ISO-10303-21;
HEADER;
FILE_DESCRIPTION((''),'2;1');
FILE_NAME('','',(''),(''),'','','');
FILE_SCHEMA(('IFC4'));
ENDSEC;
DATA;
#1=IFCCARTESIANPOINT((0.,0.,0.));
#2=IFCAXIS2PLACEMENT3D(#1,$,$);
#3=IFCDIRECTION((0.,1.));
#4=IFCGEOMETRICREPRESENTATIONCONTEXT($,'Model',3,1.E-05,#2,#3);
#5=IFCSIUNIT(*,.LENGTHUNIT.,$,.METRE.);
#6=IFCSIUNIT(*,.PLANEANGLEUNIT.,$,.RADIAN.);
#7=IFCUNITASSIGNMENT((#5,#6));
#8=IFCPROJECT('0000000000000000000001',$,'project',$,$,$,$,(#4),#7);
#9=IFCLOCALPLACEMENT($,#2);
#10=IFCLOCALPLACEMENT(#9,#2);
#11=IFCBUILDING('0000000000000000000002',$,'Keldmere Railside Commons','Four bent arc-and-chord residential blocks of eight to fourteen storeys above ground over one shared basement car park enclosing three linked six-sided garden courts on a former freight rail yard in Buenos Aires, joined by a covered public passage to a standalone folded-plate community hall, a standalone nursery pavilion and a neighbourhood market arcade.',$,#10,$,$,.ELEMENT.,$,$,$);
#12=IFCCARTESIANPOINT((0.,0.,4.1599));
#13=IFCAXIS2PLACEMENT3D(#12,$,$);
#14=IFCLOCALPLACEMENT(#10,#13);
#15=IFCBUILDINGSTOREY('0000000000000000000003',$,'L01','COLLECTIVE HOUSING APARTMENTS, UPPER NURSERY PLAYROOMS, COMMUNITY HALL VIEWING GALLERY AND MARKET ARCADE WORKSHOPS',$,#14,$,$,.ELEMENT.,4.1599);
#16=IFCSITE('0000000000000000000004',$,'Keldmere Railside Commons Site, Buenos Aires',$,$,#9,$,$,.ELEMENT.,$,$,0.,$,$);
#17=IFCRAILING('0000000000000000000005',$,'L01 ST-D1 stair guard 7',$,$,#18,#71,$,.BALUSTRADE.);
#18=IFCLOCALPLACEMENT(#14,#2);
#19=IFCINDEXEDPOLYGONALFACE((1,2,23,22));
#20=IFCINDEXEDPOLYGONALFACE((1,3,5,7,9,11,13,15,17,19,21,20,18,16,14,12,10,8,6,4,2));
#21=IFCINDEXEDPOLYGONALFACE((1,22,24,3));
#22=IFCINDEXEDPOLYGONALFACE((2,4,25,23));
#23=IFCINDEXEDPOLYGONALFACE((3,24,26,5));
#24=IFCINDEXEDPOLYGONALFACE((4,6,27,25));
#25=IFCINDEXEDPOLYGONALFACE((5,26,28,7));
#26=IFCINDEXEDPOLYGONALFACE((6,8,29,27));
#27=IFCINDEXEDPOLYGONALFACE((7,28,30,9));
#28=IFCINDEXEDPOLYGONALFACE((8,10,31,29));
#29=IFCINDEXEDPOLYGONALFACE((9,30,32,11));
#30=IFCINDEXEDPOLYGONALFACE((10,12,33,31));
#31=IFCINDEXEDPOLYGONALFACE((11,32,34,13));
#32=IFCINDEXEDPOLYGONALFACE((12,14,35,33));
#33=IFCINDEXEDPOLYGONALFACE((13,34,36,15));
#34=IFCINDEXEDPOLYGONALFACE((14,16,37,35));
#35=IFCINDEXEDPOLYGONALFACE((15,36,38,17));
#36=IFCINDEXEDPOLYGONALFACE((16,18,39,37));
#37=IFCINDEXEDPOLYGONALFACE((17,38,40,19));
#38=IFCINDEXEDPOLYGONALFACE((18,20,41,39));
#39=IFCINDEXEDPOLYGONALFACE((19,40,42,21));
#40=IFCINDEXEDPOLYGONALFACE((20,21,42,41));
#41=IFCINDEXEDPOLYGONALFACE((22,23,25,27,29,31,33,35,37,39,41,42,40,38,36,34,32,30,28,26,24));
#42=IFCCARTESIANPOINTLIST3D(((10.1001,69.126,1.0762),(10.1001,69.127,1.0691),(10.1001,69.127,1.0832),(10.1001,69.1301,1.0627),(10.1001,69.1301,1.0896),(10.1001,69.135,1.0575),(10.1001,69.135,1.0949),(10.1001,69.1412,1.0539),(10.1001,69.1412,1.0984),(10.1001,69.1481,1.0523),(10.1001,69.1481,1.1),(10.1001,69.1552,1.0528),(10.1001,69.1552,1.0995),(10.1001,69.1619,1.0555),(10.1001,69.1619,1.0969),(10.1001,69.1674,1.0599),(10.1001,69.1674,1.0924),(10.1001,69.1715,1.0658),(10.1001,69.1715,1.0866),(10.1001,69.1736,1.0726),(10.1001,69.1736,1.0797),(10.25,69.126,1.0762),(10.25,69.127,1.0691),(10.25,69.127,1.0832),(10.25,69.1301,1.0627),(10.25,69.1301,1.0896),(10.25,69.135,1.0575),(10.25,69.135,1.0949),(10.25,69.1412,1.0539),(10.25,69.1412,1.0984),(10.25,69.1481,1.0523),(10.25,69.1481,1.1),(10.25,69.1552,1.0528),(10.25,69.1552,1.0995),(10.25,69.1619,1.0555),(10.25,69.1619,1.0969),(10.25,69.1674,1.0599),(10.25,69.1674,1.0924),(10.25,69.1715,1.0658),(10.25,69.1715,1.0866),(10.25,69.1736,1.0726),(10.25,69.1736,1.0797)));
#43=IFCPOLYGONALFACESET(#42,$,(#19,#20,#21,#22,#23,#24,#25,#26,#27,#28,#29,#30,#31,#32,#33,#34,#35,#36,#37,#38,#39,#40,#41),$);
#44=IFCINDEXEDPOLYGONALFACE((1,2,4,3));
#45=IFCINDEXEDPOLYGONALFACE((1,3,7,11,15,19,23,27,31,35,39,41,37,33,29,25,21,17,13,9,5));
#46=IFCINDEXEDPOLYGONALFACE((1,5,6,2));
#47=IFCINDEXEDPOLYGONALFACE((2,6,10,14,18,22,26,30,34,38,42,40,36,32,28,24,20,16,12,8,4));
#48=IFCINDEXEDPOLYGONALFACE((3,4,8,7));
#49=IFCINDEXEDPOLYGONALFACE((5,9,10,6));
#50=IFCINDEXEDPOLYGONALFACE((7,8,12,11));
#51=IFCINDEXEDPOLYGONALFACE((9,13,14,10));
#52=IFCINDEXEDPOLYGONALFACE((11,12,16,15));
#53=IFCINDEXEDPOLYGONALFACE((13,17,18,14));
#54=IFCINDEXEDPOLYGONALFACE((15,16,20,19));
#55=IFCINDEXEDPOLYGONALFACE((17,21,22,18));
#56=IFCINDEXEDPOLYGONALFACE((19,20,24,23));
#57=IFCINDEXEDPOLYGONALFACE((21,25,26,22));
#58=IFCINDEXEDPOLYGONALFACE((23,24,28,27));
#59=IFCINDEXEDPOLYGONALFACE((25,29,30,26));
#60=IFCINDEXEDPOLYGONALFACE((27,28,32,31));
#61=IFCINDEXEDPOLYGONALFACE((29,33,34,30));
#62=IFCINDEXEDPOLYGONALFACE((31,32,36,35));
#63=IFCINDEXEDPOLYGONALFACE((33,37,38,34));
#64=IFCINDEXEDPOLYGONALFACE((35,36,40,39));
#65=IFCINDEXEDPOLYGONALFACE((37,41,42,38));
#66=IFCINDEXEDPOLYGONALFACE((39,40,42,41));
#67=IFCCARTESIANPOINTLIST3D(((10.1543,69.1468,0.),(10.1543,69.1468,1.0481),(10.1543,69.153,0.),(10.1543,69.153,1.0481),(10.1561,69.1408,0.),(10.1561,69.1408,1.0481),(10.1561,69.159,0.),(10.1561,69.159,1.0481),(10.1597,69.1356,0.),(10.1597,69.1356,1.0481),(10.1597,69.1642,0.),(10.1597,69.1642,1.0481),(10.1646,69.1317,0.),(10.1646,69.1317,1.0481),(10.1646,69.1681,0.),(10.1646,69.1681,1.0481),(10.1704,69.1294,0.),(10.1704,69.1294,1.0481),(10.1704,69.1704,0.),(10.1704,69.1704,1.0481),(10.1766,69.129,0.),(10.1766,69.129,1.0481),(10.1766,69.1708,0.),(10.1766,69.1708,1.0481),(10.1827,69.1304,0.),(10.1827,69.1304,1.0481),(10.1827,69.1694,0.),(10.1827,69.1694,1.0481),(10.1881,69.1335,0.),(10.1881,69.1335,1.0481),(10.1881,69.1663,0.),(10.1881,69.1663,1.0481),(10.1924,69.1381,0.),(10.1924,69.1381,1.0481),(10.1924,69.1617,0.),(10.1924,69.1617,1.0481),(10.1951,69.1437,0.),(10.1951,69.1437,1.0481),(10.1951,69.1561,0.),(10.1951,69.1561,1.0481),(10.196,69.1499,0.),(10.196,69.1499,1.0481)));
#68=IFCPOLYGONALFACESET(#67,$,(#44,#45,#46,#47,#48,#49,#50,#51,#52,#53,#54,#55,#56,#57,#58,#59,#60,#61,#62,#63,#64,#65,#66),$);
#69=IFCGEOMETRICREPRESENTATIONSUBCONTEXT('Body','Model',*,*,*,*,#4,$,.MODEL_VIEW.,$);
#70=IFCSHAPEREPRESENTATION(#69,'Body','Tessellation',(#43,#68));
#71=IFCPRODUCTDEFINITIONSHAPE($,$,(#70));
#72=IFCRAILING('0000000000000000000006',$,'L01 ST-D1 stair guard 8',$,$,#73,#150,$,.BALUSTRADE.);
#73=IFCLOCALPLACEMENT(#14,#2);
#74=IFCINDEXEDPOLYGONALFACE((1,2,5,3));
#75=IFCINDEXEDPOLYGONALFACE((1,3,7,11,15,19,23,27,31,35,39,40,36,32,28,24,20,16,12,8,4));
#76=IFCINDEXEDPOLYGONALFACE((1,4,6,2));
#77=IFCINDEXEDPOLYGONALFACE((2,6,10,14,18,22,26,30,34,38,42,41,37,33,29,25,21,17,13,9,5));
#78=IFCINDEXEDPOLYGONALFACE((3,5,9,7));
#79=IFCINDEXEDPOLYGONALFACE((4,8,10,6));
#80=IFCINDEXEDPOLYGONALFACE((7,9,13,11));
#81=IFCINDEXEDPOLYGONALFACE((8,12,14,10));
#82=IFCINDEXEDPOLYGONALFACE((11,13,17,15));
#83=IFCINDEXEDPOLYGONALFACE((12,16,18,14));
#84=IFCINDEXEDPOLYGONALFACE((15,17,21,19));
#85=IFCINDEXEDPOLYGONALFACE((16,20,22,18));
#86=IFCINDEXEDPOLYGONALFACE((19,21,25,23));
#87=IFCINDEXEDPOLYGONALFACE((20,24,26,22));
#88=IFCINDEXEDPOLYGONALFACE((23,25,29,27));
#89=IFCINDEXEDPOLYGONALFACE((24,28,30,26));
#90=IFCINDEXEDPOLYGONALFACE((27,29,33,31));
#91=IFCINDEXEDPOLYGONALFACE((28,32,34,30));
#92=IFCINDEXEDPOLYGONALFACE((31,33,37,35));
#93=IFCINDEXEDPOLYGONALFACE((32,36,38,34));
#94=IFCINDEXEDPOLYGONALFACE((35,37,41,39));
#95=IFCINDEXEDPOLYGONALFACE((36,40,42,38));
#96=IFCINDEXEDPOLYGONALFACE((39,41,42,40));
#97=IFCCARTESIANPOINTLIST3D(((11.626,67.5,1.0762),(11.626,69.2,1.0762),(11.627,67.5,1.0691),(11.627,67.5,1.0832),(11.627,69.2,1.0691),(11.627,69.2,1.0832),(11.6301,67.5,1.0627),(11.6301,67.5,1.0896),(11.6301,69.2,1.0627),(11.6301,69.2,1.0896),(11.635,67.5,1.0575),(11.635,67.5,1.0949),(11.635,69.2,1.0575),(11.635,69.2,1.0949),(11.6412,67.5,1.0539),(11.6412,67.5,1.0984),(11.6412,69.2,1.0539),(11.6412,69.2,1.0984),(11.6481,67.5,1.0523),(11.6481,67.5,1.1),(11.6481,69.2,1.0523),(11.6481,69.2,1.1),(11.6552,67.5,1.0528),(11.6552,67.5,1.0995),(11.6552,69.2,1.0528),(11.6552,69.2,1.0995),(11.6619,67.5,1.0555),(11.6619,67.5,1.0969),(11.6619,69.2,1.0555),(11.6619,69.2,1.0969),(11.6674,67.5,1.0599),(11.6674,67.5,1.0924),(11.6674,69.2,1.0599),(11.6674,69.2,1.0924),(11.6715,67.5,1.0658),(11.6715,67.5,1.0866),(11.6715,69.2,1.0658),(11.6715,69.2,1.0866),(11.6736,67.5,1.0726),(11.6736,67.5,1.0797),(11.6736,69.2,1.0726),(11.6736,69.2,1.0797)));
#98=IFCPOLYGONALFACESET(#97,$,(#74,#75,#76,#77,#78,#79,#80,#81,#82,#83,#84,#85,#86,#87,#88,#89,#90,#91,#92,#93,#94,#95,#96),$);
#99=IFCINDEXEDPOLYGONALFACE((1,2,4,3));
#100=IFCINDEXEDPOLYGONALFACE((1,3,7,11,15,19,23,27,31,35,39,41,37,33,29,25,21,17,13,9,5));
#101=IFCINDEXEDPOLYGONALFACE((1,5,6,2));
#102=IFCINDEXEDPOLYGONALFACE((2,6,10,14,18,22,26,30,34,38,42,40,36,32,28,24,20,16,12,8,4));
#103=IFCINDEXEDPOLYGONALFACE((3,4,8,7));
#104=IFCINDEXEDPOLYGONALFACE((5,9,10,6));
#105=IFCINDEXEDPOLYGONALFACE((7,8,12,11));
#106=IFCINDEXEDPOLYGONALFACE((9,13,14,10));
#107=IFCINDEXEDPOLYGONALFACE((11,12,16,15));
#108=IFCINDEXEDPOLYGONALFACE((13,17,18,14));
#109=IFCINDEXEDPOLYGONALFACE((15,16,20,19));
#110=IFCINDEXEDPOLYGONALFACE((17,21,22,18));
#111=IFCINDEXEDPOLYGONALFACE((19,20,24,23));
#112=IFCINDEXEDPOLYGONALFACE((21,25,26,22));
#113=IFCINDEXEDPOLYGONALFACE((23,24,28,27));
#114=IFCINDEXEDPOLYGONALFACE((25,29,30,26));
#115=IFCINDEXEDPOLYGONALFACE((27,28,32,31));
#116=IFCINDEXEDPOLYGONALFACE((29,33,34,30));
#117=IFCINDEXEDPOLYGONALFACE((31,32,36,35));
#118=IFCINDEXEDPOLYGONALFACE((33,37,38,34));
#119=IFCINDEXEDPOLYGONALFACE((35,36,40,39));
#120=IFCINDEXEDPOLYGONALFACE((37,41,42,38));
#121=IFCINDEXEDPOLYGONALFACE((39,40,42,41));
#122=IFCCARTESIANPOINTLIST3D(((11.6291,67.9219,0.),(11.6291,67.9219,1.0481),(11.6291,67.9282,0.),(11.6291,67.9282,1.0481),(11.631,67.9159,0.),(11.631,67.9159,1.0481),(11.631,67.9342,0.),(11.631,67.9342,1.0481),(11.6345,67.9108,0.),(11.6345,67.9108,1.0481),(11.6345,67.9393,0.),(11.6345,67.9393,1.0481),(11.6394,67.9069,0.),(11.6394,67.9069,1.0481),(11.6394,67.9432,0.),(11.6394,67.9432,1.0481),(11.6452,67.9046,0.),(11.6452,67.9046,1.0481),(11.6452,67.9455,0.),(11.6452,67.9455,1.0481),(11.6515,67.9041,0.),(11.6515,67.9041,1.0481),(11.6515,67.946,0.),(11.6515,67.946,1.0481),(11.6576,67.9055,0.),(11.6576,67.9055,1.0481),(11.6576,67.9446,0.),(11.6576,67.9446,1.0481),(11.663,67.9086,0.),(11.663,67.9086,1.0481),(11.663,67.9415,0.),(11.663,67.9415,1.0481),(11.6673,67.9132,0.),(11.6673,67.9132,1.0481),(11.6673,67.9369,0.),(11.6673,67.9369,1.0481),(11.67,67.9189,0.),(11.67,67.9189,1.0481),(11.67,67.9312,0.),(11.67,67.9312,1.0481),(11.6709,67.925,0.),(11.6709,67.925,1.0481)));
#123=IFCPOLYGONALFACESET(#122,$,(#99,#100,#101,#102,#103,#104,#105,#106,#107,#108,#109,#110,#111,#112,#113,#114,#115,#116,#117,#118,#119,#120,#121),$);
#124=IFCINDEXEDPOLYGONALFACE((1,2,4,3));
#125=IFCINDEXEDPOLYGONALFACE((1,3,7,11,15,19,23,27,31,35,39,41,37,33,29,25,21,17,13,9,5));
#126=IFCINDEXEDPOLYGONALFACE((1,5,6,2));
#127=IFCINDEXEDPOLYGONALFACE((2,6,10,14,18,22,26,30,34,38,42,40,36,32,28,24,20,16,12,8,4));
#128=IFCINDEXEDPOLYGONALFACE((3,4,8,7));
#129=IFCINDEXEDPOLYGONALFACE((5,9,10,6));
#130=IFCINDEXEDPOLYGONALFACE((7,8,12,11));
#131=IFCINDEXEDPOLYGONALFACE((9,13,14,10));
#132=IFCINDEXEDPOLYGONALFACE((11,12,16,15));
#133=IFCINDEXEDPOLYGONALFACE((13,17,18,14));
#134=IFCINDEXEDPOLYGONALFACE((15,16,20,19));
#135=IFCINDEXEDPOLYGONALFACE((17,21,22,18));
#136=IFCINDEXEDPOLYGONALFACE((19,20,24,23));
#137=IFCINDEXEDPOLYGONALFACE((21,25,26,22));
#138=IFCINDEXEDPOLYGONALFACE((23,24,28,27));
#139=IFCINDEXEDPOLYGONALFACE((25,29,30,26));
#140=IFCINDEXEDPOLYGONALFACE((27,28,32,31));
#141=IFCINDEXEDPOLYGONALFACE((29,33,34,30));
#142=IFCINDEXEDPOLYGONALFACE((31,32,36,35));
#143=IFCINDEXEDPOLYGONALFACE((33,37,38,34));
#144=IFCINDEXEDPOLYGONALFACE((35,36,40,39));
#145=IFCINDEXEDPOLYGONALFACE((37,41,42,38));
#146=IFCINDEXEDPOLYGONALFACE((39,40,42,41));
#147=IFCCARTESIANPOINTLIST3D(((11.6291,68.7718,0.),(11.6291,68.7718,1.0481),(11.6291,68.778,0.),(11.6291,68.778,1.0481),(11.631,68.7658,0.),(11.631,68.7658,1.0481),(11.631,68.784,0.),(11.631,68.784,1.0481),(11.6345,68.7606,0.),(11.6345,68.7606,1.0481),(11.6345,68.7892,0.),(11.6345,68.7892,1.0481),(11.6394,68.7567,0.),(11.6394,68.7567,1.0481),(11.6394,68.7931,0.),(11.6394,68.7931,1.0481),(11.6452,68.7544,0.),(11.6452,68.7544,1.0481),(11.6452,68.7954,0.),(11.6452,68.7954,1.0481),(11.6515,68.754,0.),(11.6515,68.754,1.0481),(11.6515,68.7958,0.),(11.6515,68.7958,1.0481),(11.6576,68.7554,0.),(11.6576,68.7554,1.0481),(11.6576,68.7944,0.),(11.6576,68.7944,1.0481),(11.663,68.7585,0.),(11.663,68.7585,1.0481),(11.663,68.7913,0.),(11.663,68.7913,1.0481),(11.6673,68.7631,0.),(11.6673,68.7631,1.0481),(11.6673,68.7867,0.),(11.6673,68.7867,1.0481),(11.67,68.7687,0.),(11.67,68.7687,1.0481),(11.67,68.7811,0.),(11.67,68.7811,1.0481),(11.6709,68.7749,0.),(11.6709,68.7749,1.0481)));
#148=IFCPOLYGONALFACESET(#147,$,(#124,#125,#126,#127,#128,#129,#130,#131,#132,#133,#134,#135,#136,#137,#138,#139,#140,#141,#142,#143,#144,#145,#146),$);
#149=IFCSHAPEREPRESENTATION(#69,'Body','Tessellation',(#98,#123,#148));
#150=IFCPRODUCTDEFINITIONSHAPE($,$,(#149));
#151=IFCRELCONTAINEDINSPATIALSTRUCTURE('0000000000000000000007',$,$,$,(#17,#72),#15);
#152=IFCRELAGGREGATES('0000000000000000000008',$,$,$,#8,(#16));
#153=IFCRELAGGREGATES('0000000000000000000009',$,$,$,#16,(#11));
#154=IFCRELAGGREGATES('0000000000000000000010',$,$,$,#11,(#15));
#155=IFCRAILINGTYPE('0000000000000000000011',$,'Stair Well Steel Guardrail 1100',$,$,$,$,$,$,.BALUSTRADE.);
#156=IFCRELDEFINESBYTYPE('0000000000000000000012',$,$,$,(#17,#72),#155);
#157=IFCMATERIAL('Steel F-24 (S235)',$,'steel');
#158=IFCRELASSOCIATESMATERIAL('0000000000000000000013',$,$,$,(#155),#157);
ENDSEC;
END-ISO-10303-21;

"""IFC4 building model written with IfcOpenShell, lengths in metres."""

from ifc_helpers import new_model, si_unit, direction, frame, origin, origin_2d, place, context, subcontext, project, spatial, circle, extrude, material, type_object, element, save


model = new_model("IFC4")

# Units and contexts
model_context = context("Model", 3, precision=1e-05, world=origin(), true_north=direction((0.0, 1.0)))
body_context = subcontext(model_context, "Body", "Model", "MODEL_VIEW")
ifc_project = project(units=[si_unit("LENGTHUNIT", "METRE"), si_unit("PLANEANGLEUNIT", "RADIAN")], contexts=[model_context])

# Site, building, storey
site_placement = place(None, origin())
site = spatial("IfcSite", under=ifc_project, at=site_placement, Name="Keldmere Railside Commons Site, Buenos Aires", CompositionType="ELEMENT", RefElevation=0.0)
building_placement = place(site_placement, origin())
building = spatial("IfcBuilding", under=site, at=building_placement, Name="Keldmere Railside Commons", Description="Four bent arc-and-chord residential blocks of eight to fourteen storeys above ground over one shared basement car park enclosing three linked six-sided garden courts on a former freight rail yard in Buenos Aires, joined by a covered public passage to a standalone folded-plate community hall, a standalone nursery pavilion and a neighbourhood market arcade.", CompositionType="ELEMENT")
storey_placement = place(building_placement, frame((0.0, 0.0, 4.1599)))
storey = spatial("IfcBuildingStorey", under=building, at=storey_placement, Name="L01", Description="COLLECTIVE HOUSING APARTMENTS, UPPER NURSERY PLAYROOMS, COMMUNITY HALL VIEWING GALLERY AND MARKET ARCADE WORKSHOPS", CompositionType="ELEMENT", Elevation=4.1599)

# Railings
ifc_material_1 = material(Name="Steel F-24 (S235)", Category="steel")
railing_type_1 = type_object("IfcRailingType", Name="Stair Well Steel Guardrail 1100", PredefinedType="BALUSTRADE", material=ifc_material_1)
railing_1_placement = place(storey_placement, frame((10.25, 69.1499, 0.0)))
element("IfcRailing", 1, at=railing_1_placement, inside=storey, type_object=railing_type_1, Name="L01 ST-D1 stair guard 7", PredefinedType="BALUSTRADE", context=body_context, shape_type="SweptSolid", body=[
    extrude(circle(Radius=0.0239, at=origin_2d()), frame((0.0, 0.0, 1.0762), z_axis=(-1.0, 0.0, 0.0), x_axis=(0.0, -1.0, 0.0)), (0.0, 0.0, 1.0), 0.1499),
    extrude(circle(Radius=0.021, at=origin_2d()), frame((-0.075, 0.0, 0.0)), (0.0, 0.0, 1.0), 1.0481),
])
for number, where, name in (
    (2, (11.6499, 67.5, 0.0), "L01 ST-D1 stair guard 8"),
):
    element("IfcRailing", number, at=place(storey_placement, frame(where)), inside=storey, type_object=railing_type_1, Name=name, PredefinedType="BALUSTRADE", context=body_context, shape_type="SweptSolid", body=[
        extrude(circle(Radius=0.0239, at=origin_2d()), frame((0.0, 0.0, 1.0762), z_axis=(0.0, 1.0, 0.0), x_axis=(-1.0, 0.0, 0.0)), (0.0, 0.0, 1.0), 1.7),
        extrude(circle(Radius=0.021, at=origin_2d()), frame((0.0, 0.425, 0.0)), (0.0, 0.0, 1.0), 1.0481),
        extrude(circle(Radius=0.021, at=origin_2d()), frame((0.0, 1.2749, 0.0)), (0.0, 0.0, 1.0), 1.0481),
    ])

save(model, "model.ifc")
